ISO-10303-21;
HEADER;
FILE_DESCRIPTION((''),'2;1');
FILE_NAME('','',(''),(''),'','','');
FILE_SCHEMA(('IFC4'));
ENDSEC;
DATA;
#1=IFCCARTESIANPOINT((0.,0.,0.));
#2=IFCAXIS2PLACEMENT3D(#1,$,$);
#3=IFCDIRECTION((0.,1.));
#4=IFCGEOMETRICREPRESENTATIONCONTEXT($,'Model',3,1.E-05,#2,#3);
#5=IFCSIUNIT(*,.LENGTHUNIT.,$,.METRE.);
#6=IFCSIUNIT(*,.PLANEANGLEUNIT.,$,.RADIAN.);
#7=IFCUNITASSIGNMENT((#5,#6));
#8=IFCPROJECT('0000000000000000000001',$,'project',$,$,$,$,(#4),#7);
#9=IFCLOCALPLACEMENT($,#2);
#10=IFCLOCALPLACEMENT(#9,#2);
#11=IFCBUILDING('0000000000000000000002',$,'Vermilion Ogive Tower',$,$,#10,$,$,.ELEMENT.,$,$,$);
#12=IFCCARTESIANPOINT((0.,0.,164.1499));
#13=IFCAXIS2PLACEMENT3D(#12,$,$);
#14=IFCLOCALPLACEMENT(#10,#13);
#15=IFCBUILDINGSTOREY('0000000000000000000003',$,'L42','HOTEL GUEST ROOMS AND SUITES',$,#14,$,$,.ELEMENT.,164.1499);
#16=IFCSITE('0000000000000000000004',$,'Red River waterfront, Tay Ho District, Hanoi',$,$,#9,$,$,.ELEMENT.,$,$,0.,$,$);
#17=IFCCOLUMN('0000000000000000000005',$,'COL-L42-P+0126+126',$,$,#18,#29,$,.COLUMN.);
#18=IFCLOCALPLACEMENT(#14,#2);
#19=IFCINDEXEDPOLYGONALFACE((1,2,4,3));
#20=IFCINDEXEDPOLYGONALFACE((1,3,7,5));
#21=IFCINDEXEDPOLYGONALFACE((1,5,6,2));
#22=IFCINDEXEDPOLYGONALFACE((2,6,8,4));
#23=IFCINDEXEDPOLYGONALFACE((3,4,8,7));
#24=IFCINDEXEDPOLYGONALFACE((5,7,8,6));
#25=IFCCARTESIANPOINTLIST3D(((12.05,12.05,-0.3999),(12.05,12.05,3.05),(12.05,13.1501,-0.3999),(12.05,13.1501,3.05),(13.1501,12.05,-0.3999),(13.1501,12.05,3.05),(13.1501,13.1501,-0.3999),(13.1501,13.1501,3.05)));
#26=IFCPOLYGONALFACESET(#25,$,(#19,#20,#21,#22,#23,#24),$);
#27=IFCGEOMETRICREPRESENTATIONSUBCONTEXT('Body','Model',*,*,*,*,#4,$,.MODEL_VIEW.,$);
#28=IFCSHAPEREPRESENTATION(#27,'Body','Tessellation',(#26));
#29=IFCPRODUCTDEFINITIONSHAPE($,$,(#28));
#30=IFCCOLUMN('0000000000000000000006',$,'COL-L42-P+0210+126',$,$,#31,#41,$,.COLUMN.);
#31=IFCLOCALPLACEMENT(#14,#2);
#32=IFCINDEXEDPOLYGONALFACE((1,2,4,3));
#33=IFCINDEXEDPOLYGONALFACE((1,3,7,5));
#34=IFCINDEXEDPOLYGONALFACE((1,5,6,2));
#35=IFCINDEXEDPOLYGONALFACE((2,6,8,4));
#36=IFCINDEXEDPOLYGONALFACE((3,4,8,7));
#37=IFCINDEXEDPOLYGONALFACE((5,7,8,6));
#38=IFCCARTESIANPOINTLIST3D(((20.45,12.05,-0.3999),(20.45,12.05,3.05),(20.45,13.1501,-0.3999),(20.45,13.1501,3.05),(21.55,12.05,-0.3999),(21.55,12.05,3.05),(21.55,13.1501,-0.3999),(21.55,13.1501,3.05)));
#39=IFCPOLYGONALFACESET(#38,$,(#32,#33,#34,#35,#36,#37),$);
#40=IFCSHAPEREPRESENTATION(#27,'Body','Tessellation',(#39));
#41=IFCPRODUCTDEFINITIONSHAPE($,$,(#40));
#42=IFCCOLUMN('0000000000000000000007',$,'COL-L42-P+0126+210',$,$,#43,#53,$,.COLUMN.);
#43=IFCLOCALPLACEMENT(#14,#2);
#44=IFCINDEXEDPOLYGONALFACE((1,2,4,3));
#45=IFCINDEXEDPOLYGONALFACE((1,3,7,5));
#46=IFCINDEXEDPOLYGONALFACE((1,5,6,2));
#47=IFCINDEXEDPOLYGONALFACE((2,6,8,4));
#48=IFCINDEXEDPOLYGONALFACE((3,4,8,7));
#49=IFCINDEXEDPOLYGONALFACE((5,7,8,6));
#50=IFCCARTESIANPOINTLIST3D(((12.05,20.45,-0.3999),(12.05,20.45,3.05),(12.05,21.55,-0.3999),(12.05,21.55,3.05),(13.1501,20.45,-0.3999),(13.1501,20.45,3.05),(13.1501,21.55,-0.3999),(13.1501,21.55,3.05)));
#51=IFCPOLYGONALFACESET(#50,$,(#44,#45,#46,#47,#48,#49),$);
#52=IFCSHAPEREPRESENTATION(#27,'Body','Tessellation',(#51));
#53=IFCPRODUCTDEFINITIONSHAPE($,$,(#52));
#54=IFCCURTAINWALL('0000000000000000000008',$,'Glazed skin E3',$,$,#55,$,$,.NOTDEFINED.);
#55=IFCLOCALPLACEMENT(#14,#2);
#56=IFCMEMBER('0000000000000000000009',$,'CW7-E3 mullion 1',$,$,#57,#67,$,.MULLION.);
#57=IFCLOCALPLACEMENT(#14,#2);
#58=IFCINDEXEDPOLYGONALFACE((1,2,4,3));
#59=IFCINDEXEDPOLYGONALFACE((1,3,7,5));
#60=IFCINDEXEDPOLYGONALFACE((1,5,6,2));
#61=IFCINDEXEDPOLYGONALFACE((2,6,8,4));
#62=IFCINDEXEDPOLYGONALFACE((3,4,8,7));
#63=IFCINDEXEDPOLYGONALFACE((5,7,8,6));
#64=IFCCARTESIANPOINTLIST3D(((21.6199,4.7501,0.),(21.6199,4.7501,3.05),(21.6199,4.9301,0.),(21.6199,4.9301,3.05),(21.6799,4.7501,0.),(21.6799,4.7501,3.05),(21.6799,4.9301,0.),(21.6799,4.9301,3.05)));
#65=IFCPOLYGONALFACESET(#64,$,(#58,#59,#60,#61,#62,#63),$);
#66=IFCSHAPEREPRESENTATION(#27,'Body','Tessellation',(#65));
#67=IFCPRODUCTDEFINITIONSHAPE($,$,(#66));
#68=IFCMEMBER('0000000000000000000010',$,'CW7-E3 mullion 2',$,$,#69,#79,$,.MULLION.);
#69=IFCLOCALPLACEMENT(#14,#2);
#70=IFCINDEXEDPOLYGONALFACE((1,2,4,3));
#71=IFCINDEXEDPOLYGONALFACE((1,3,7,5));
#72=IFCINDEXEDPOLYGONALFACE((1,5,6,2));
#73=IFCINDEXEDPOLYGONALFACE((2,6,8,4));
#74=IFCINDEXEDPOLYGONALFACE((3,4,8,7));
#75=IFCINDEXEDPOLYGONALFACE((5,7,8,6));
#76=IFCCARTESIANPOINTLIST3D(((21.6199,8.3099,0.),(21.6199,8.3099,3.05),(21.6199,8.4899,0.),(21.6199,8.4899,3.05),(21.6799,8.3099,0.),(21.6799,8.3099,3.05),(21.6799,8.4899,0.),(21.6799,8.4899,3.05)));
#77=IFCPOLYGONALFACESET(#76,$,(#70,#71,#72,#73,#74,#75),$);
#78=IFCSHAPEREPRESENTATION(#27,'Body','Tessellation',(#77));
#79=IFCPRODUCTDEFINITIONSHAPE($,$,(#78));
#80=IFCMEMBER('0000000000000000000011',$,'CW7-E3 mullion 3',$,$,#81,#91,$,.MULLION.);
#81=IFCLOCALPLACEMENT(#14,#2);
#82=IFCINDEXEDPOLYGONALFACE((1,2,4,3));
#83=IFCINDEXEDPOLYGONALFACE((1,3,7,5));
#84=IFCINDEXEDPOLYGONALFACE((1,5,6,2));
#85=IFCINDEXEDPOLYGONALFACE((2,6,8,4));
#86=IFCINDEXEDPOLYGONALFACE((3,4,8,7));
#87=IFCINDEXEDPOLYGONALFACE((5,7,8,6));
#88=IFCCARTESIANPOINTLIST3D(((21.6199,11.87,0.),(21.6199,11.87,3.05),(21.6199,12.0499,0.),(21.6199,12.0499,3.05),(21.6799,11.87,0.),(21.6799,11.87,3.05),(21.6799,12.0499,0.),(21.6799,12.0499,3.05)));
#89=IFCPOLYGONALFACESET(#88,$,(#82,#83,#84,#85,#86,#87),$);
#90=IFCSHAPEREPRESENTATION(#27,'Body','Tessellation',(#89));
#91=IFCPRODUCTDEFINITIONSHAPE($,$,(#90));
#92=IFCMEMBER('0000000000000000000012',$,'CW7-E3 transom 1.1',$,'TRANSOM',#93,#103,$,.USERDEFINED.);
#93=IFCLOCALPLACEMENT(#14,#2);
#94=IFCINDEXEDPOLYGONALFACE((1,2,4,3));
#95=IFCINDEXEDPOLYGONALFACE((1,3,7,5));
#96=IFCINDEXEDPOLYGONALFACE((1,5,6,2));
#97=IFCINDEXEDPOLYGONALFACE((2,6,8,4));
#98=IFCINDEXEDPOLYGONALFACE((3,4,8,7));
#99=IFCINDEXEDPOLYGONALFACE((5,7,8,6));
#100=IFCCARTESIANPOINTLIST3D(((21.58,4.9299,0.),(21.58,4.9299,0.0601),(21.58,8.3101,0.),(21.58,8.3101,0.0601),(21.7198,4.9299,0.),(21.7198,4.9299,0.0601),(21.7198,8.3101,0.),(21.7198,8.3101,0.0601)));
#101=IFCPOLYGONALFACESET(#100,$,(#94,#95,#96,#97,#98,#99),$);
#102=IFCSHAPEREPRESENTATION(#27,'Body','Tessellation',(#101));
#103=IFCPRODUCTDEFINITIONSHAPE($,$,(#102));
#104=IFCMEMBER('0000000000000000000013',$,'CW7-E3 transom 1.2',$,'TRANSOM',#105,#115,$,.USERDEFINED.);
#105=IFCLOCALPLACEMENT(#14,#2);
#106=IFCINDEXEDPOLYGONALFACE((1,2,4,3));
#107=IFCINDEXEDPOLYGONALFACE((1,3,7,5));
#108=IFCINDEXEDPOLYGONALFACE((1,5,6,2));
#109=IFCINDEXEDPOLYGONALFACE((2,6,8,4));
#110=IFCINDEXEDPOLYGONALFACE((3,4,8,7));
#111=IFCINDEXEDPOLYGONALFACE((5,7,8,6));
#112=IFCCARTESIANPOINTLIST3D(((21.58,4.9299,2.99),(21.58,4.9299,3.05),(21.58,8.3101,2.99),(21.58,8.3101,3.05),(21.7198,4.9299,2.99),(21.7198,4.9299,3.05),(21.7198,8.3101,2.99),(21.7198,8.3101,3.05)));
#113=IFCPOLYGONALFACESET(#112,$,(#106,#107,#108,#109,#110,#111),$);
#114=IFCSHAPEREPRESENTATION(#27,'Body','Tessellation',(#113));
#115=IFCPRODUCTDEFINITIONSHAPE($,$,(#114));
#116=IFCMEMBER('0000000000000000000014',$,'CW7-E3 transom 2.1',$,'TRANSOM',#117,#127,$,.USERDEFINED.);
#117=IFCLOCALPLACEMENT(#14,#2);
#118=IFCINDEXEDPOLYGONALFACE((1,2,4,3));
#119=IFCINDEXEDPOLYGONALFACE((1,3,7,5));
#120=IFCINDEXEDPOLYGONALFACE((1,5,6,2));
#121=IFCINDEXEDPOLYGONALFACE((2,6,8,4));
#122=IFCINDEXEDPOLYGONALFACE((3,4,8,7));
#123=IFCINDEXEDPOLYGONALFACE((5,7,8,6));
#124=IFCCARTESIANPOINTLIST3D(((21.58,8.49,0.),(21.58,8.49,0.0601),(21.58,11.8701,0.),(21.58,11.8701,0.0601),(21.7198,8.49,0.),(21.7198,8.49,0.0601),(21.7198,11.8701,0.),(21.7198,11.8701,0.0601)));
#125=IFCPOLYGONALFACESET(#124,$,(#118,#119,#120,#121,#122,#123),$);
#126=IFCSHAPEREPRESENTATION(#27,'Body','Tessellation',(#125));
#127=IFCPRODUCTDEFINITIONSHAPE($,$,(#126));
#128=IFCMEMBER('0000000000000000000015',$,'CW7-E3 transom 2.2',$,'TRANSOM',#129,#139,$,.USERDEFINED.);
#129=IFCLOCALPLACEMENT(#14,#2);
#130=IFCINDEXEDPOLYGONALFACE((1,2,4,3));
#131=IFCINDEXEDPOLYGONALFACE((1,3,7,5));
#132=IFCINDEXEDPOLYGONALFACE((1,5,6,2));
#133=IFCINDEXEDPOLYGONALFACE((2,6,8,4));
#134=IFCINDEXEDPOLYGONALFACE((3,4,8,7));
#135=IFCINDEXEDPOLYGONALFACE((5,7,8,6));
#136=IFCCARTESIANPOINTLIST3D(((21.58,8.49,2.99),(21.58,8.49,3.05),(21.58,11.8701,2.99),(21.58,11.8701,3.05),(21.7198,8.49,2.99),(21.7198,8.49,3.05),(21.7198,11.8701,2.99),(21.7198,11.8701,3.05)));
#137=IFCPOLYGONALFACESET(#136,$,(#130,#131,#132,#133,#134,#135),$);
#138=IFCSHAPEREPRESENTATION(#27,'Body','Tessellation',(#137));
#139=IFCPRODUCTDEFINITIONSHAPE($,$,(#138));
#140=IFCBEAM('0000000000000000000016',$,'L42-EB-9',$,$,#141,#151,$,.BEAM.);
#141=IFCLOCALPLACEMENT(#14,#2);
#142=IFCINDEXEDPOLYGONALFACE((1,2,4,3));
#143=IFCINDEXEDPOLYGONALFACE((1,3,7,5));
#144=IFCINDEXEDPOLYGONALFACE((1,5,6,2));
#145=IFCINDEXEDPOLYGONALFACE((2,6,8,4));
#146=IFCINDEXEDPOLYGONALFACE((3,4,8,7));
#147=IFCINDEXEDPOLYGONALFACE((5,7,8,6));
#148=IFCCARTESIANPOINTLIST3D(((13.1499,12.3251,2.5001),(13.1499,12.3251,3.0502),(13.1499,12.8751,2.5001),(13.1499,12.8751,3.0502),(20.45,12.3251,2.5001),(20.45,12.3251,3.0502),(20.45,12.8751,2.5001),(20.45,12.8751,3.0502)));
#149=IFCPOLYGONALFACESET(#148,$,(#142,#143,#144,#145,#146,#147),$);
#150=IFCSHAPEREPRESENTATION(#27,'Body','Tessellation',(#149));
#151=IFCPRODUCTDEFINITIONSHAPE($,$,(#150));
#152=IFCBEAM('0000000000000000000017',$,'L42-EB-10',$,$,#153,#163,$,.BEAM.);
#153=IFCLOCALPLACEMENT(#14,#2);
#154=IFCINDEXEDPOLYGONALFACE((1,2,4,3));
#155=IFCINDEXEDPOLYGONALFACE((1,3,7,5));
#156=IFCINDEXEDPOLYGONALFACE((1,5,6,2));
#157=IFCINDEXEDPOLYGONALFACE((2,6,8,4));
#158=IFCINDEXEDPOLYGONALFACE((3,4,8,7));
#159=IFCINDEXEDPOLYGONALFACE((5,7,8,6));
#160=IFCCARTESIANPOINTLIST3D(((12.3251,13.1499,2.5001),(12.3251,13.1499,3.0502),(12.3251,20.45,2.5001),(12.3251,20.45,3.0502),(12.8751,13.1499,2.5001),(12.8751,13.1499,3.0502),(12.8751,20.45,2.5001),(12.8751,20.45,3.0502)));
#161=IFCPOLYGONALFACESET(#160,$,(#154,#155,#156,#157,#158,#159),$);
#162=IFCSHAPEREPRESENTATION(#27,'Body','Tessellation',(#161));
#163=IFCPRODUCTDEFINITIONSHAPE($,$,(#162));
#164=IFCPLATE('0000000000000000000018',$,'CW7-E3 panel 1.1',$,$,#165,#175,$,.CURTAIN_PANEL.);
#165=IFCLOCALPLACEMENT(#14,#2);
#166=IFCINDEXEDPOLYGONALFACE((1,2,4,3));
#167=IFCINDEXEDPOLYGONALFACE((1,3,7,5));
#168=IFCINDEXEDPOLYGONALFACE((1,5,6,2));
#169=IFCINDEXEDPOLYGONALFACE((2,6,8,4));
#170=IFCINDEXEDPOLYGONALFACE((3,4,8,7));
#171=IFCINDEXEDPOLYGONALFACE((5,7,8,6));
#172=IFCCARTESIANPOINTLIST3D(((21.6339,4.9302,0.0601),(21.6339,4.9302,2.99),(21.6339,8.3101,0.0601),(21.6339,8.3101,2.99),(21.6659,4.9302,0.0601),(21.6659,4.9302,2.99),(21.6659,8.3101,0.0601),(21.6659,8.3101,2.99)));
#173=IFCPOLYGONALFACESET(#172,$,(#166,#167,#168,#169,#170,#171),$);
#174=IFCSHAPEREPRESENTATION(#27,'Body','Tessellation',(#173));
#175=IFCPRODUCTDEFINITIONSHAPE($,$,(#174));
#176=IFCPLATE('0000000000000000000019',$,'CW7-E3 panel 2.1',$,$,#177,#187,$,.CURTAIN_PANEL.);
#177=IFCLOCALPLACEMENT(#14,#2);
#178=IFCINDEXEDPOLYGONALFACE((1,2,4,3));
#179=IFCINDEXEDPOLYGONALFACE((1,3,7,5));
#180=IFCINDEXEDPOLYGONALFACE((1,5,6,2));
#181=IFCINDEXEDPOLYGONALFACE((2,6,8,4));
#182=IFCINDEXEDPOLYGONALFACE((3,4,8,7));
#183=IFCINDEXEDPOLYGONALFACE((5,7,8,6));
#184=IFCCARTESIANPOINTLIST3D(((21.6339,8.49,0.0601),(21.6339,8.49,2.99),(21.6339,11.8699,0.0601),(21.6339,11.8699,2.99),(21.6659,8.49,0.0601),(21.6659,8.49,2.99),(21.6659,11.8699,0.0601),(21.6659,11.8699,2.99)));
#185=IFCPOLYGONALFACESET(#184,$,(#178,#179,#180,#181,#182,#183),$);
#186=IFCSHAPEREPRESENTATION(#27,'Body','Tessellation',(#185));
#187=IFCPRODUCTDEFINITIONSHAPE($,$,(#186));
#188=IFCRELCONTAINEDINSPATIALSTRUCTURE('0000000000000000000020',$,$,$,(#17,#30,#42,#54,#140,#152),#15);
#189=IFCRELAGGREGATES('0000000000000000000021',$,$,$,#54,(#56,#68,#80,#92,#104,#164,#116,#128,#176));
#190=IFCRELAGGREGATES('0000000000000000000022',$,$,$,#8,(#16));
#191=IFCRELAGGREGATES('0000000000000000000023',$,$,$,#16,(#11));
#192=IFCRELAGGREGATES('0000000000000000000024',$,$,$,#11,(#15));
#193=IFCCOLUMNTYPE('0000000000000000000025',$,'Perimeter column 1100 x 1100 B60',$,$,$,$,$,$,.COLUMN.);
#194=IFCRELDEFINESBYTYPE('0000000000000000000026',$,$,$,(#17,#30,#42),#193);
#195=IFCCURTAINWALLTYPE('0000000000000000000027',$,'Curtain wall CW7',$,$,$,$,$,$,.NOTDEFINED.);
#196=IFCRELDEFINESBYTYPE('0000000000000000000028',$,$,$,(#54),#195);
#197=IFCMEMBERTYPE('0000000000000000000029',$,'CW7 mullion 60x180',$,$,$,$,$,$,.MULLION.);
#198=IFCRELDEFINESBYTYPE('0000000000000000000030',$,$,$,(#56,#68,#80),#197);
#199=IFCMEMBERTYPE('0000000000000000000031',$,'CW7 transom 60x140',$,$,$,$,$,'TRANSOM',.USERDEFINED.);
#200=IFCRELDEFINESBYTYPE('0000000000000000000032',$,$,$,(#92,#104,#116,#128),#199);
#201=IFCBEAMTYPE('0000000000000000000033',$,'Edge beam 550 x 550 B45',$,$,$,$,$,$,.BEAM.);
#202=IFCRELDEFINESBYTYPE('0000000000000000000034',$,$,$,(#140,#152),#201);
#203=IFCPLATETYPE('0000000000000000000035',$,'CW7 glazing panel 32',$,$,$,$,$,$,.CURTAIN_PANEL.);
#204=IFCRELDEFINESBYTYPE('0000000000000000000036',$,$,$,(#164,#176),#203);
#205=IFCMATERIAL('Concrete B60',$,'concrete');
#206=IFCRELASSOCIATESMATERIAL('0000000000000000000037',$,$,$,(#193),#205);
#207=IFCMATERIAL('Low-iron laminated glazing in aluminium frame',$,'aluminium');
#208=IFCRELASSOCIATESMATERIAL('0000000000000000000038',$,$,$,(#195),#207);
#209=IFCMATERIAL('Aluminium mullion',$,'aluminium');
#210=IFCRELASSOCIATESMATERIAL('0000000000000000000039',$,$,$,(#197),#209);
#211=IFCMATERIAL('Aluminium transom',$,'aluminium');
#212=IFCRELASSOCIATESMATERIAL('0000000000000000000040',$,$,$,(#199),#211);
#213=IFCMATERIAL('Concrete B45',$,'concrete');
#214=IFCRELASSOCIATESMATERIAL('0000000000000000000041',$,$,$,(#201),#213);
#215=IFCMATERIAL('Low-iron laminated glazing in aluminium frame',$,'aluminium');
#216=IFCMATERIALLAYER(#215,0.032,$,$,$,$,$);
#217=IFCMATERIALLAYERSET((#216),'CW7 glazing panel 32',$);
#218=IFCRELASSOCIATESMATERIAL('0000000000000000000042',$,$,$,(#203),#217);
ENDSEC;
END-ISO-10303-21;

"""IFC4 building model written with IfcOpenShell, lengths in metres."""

from ifc_helpers import new_model, si_unit, direction, frame, origin, origin_2d, place, context, subcontext, project, spatial, rectangle, extrude, material, layer, layer_set, material_profile, profile_set, type_object, element, aggregate, save


model = new_model("IFC4")

# Units and contexts
model_context = context("Model", 3, precision=1e-05, world=origin(), true_north=direction((0.0, 1.0)))
body_context = subcontext(model_context, "Body", "Model", "MODEL_VIEW")
ifc_project = project(units=[si_unit("LENGTHUNIT", "METRE"), si_unit("PLANEANGLEUNIT", "RADIAN")], contexts=[model_context])

# Site, building, storey
site_placement = place(None, origin())
site = spatial("IfcSite", under=ifc_project, at=site_placement, Name="Red River waterfront, Tay Ho District, Hanoi", CompositionType="ELEMENT", RefElevation=0.0)
building_placement = place(site_placement, origin())
building = spatial("IfcBuilding", under=site, at=building_placement, Name="Vermilion Ogive Tower", CompositionType="ELEMENT")
storey_placement = place(building_placement, frame((0.0, 0.0, 164.1499)))
storey = spatial("IfcBuildingStorey", under=building, at=storey_placement, Name="L42", Description="HOTEL GUEST ROOMS AND SUITES", CompositionType="ELEMENT", Elevation=164.1499)

# Columns
ifc_material_1 = material(Name="Concrete B60", Category="concrete")
ifc_material_profile_1 = material_profile(ifc_material_1, rectangle(XDim=1.1001, YDim=1.1001, at=origin_2d()), Name="1100 x 1100")
ifc_profile_set_1 = profile_set([ifc_material_profile_1], Name="Concrete B60")
column_type = type_object("IfcColumnType", Name="Perimeter column 1100 x 1100 B60", PredefinedType="COLUMN", material=ifc_profile_set_1)
for number, where, z_axis, x_axis, name in (
    (1, (12.6001, 12.6001, -0.3999), (0.0, 0.0, 1.0), (1.0, 0.0, 0.0), "COL-L42-P+0126+126"),
    (2, (21.0, 12.6001, -0.3999), (0.0, 0.0, 1.0), (1.0, 0.0, 0.0), "COL-L42-P+0210+126"),
    (3, (12.6001, 21.0, -0.3999), (0.0, 0.0, 1.0), (1.0, 0.0, 0.0), "COL-L42-P+0126+210"),
):
    element("IfcColumn", number, at=place(storey_placement, frame(where, z_axis=z_axis, x_axis=x_axis)), inside=storey, type_object=column_type, Name=name, PredefinedType="COLUMN", context=body_context, shape_type="SweptSolid", body=[
        extrude(rectangle(XDim=1.1001, YDim=1.1001, at=origin_2d()), origin(), (0.0, 0.0, 1.0), 3.45),
    ])

# Curtain wall, members
ifc_material_2 = material(Name="Low-iron laminated glazing in aluminium frame", Category="aluminium")
curtain_wall_type = type_object("IfcCurtainWallType", Name="Curtain wall CW7", PredefinedType="NOTDEFINED", material=ifc_material_2)
curtain_wall_placement = place(storey_placement, origin())
curtain_wall = element("IfcCurtainWall", 4, at=curtain_wall_placement, inside=storey, type_object=curtain_wall_type, Name="Glazed skin E3", PredefinedType="NOTDEFINED")
ifc_material_3 = material(Name="Aluminium mullion", Category="aluminium")
ifc_material_profile_2 = material_profile(ifc_material_3, rectangle(XDim=0.0601, YDim=0.1799, at=origin_2d()), Name="AL 60x180")
ifc_profile_set_2 = profile_set([ifc_material_profile_2], Name="Aluminium mullion")
member_type_1 = type_object("IfcMemberType", Name="CW7 mullion 60x180", PredefinedType="MULLION", material=ifc_profile_set_2)
member_1_placement = place(storey_placement, frame((21.6499, 4.8401, 0.0), z_axis=(0.0, 0.0, 1.0), x_axis=(-1.0, 0.0, 0.0)))
member_1 = element("IfcMember", 5, at=member_1_placement, type_object=member_type_1, Name="CW7-E3 mullion 1", PredefinedType="MULLION", context=body_context, shape_type="SweptSolid", body=[
    extrude(rectangle(XDim=0.0601, YDim=0.1799, at=origin_2d()), origin(), (0.0, 0.0, 1.0), 3.05),
])
member_2_placement = place(storey_placement, frame((21.6499, 8.3999, 0.0), z_axis=(0.0, 0.0, 1.0), x_axis=(-1.0, 0.0, 0.0)))
member_2 = element("IfcMember", 6, at=member_2_placement, type_object=member_type_1, Name="CW7-E3 mullion 2", PredefinedType="MULLION", context=body_context, shape_type="SweptSolid", body=[
    extrude(rectangle(XDim=0.0601, YDim=0.1799, at=origin_2d()), origin(), (0.0, 0.0, 1.0), 3.05),
])
member_3_placement = place(storey_placement, frame((21.6499, 11.96, 0.0), z_axis=(0.0, 0.0, 1.0), x_axis=(-1.0, 0.0, 0.0)))
member_3 = element("IfcMember", 7, at=member_3_placement, type_object=member_type_1, Name="CW7-E3 mullion 3", PredefinedType="MULLION", context=body_context, shape_type="SweptSolid", body=[
    extrude(rectangle(XDim=0.0601, YDim=0.1799, at=origin_2d()), origin(), (0.0, 0.0, 1.0), 3.05),
])
ifc_material_4 = material(Name="Aluminium transom", Category="aluminium")
ifc_material_profile_3 = material_profile(ifc_material_4, rectangle(XDim=0.1399, YDim=0.0601, at=origin_2d()), Name="AL 60x140")
ifc_profile_set_3 = profile_set([ifc_material_profile_3], Name="Aluminium transom")
member_type_2 = type_object("IfcMemberType", Name="CW7 transom 60x140", ElementType="TRANSOM", PredefinedType="USERDEFINED", material=ifc_profile_set_3)
member_4_placement = place(storey_placement, frame((21.6499, 4.9299, 0.03), z_axis=(0.0, 1.0, 0.0), x_axis=(-1.0, 0.0, 0.0)))
member_4 = element("IfcMember", 8, at=member_4_placement, type_object=member_type_2, Name="CW7-E3 transom 1.1", ObjectType="TRANSOM", PredefinedType="USERDEFINED", context=body_context, shape_type="SweptSolid", body=[
    extrude(rectangle(XDim=0.1399, YDim=0.0601, at=origin_2d()), origin(), (0.0, 0.0, 1.0), 3.3801),
])
member_5_placement = place(storey_placement, frame((21.6499, 4.9299, 3.02), z_axis=(0.0, 1.0, 0.0), x_axis=(-1.0, 0.0, 0.0)))
member_5 = element("IfcMember", 9, at=member_5_placement, type_object=member_type_2, Name="CW7-E3 transom 1.2", ObjectType="TRANSOM", PredefinedType="USERDEFINED", context=body_context, shape_type="SweptSolid", body=[
    extrude(rectangle(XDim=0.1399, YDim=0.0601, at=origin_2d()), origin(), (0.0, 0.0, 1.0), 3.3801),
])
member_6_placement = place(storey_placement, frame((21.6499, 8.49, 0.03), z_axis=(0.0, 1.0, 0.0), x_axis=(-1.0, 0.0, 0.0)))
member_6 = element("IfcMember", 10, at=member_6_placement, type_object=member_type_2, Name="CW7-E3 transom 2.1", ObjectType="TRANSOM", PredefinedType="USERDEFINED", context=body_context, shape_type="SweptSolid", body=[
    extrude(rectangle(XDim=0.1399, YDim=0.0601, at=origin_2d()), origin(), (0.0, 0.0, 1.0), 3.3801),
])
member_7_placement = place(storey_placement, frame((21.6499, 8.49, 3.02), z_axis=(0.0, 1.0, 0.0), x_axis=(-1.0, 0.0, 0.0)))
member_7 = element("IfcMember", 11, at=member_7_placement, type_object=member_type_2, Name="CW7-E3 transom 2.2", ObjectType="TRANSOM", PredefinedType="USERDEFINED", context=body_context, shape_type="SweptSolid", body=[
    extrude(rectangle(XDim=0.1399, YDim=0.0601, at=origin_2d()), origin(), (0.0, 0.0, 1.0), 3.3801),
])

# Beams
ifc_material_5 = material(Name="Concrete B45", Category="concrete")
ifc_material_profile_4 = material_profile(ifc_material_5, rectangle(XDim=0.55, YDim=0.55, at=origin_2d()), Name="550 x 550")
ifc_profile_set_4 = profile_set([ifc_material_profile_4], Name="Concrete B45")
beam_type = type_object("IfcBeamType", Name="Edge beam 550 x 550 B45", PredefinedType="BEAM", material=ifc_profile_set_4)
for number, where, z_axis, x_axis, name in (
    (12, (20.45, 12.6001, 2.7751), (-1.0, 0.0, 0.0), (0.0, -1.0, 0.0), "L42-EB-9"),
    (13, (12.6001, 13.1499, 2.7751), (0.0, 1.0, 0.0), (-1.0, 0.0, 0.0), "L42-EB-10"),
):
    element("IfcBeam", number, at=place(storey_placement, frame(where, z_axis=z_axis, x_axis=x_axis)), inside=storey, type_object=beam_type, Name=name, PredefinedType="BEAM", context=body_context, shape_type="SweptSolid", body=[
        extrude(rectangle(XDim=0.55, YDim=0.55, at=origin_2d()), origin(), (0.0, 0.0, 1.0), 7.3),
    ])

# Plates
ifc_material_6 = material(Name="Low-iron laminated glazing in aluminium frame", Category="aluminium")
ifc_layer_1 = layer(ifc_material_6, 0.032)
ifc_layer_set_1 = layer_set([ifc_layer_1], Name="CW7 glazing panel 32")
plate_type = type_object("IfcPlateType", Name="CW7 glazing panel 32", PredefinedType="CURTAIN_PANEL", material=ifc_layer_set_1)
plate_1_placement = place(storey_placement, frame((21.6499, 6.6201, 0.0601), z_axis=(0.0, 0.0, 1.0), x_axis=(0.0, 1.0, 0.0)))
plate_1 = element("IfcPlate", 14, at=plate_1_placement, type_object=plate_type, Name="CW7-E3 panel 1.1", PredefinedType="CURTAIN_PANEL", context=body_context, shape_type="SweptSolid", body=[
    extrude(rectangle(XDim=3.3799, YDim=0.032, at=origin_2d()), origin(), (0.0, 0.0, 1.0), 2.9299),
])
plate_2_placement = place(storey_placement, frame((21.6499, 10.1799, 0.0601), z_axis=(0.0, 0.0, 1.0), x_axis=(0.0, 1.0, 0.0)))
plate_2 = element("IfcPlate", 15, at=plate_2_placement, type_object=plate_type, Name="CW7-E3 panel 2.1", PredefinedType="CURTAIN_PANEL", context=body_context, shape_type="SweptSolid", body=[
    extrude(rectangle(XDim=3.3799, YDim=0.032, at=origin_2d()), origin(), (0.0, 0.0, 1.0), 2.9299),
])
aggregate(curtain_wall, [member_1, member_2, member_3, member_4, member_5, plate_1, member_6, member_7, plate_2])

save(model, "model.ifc")
